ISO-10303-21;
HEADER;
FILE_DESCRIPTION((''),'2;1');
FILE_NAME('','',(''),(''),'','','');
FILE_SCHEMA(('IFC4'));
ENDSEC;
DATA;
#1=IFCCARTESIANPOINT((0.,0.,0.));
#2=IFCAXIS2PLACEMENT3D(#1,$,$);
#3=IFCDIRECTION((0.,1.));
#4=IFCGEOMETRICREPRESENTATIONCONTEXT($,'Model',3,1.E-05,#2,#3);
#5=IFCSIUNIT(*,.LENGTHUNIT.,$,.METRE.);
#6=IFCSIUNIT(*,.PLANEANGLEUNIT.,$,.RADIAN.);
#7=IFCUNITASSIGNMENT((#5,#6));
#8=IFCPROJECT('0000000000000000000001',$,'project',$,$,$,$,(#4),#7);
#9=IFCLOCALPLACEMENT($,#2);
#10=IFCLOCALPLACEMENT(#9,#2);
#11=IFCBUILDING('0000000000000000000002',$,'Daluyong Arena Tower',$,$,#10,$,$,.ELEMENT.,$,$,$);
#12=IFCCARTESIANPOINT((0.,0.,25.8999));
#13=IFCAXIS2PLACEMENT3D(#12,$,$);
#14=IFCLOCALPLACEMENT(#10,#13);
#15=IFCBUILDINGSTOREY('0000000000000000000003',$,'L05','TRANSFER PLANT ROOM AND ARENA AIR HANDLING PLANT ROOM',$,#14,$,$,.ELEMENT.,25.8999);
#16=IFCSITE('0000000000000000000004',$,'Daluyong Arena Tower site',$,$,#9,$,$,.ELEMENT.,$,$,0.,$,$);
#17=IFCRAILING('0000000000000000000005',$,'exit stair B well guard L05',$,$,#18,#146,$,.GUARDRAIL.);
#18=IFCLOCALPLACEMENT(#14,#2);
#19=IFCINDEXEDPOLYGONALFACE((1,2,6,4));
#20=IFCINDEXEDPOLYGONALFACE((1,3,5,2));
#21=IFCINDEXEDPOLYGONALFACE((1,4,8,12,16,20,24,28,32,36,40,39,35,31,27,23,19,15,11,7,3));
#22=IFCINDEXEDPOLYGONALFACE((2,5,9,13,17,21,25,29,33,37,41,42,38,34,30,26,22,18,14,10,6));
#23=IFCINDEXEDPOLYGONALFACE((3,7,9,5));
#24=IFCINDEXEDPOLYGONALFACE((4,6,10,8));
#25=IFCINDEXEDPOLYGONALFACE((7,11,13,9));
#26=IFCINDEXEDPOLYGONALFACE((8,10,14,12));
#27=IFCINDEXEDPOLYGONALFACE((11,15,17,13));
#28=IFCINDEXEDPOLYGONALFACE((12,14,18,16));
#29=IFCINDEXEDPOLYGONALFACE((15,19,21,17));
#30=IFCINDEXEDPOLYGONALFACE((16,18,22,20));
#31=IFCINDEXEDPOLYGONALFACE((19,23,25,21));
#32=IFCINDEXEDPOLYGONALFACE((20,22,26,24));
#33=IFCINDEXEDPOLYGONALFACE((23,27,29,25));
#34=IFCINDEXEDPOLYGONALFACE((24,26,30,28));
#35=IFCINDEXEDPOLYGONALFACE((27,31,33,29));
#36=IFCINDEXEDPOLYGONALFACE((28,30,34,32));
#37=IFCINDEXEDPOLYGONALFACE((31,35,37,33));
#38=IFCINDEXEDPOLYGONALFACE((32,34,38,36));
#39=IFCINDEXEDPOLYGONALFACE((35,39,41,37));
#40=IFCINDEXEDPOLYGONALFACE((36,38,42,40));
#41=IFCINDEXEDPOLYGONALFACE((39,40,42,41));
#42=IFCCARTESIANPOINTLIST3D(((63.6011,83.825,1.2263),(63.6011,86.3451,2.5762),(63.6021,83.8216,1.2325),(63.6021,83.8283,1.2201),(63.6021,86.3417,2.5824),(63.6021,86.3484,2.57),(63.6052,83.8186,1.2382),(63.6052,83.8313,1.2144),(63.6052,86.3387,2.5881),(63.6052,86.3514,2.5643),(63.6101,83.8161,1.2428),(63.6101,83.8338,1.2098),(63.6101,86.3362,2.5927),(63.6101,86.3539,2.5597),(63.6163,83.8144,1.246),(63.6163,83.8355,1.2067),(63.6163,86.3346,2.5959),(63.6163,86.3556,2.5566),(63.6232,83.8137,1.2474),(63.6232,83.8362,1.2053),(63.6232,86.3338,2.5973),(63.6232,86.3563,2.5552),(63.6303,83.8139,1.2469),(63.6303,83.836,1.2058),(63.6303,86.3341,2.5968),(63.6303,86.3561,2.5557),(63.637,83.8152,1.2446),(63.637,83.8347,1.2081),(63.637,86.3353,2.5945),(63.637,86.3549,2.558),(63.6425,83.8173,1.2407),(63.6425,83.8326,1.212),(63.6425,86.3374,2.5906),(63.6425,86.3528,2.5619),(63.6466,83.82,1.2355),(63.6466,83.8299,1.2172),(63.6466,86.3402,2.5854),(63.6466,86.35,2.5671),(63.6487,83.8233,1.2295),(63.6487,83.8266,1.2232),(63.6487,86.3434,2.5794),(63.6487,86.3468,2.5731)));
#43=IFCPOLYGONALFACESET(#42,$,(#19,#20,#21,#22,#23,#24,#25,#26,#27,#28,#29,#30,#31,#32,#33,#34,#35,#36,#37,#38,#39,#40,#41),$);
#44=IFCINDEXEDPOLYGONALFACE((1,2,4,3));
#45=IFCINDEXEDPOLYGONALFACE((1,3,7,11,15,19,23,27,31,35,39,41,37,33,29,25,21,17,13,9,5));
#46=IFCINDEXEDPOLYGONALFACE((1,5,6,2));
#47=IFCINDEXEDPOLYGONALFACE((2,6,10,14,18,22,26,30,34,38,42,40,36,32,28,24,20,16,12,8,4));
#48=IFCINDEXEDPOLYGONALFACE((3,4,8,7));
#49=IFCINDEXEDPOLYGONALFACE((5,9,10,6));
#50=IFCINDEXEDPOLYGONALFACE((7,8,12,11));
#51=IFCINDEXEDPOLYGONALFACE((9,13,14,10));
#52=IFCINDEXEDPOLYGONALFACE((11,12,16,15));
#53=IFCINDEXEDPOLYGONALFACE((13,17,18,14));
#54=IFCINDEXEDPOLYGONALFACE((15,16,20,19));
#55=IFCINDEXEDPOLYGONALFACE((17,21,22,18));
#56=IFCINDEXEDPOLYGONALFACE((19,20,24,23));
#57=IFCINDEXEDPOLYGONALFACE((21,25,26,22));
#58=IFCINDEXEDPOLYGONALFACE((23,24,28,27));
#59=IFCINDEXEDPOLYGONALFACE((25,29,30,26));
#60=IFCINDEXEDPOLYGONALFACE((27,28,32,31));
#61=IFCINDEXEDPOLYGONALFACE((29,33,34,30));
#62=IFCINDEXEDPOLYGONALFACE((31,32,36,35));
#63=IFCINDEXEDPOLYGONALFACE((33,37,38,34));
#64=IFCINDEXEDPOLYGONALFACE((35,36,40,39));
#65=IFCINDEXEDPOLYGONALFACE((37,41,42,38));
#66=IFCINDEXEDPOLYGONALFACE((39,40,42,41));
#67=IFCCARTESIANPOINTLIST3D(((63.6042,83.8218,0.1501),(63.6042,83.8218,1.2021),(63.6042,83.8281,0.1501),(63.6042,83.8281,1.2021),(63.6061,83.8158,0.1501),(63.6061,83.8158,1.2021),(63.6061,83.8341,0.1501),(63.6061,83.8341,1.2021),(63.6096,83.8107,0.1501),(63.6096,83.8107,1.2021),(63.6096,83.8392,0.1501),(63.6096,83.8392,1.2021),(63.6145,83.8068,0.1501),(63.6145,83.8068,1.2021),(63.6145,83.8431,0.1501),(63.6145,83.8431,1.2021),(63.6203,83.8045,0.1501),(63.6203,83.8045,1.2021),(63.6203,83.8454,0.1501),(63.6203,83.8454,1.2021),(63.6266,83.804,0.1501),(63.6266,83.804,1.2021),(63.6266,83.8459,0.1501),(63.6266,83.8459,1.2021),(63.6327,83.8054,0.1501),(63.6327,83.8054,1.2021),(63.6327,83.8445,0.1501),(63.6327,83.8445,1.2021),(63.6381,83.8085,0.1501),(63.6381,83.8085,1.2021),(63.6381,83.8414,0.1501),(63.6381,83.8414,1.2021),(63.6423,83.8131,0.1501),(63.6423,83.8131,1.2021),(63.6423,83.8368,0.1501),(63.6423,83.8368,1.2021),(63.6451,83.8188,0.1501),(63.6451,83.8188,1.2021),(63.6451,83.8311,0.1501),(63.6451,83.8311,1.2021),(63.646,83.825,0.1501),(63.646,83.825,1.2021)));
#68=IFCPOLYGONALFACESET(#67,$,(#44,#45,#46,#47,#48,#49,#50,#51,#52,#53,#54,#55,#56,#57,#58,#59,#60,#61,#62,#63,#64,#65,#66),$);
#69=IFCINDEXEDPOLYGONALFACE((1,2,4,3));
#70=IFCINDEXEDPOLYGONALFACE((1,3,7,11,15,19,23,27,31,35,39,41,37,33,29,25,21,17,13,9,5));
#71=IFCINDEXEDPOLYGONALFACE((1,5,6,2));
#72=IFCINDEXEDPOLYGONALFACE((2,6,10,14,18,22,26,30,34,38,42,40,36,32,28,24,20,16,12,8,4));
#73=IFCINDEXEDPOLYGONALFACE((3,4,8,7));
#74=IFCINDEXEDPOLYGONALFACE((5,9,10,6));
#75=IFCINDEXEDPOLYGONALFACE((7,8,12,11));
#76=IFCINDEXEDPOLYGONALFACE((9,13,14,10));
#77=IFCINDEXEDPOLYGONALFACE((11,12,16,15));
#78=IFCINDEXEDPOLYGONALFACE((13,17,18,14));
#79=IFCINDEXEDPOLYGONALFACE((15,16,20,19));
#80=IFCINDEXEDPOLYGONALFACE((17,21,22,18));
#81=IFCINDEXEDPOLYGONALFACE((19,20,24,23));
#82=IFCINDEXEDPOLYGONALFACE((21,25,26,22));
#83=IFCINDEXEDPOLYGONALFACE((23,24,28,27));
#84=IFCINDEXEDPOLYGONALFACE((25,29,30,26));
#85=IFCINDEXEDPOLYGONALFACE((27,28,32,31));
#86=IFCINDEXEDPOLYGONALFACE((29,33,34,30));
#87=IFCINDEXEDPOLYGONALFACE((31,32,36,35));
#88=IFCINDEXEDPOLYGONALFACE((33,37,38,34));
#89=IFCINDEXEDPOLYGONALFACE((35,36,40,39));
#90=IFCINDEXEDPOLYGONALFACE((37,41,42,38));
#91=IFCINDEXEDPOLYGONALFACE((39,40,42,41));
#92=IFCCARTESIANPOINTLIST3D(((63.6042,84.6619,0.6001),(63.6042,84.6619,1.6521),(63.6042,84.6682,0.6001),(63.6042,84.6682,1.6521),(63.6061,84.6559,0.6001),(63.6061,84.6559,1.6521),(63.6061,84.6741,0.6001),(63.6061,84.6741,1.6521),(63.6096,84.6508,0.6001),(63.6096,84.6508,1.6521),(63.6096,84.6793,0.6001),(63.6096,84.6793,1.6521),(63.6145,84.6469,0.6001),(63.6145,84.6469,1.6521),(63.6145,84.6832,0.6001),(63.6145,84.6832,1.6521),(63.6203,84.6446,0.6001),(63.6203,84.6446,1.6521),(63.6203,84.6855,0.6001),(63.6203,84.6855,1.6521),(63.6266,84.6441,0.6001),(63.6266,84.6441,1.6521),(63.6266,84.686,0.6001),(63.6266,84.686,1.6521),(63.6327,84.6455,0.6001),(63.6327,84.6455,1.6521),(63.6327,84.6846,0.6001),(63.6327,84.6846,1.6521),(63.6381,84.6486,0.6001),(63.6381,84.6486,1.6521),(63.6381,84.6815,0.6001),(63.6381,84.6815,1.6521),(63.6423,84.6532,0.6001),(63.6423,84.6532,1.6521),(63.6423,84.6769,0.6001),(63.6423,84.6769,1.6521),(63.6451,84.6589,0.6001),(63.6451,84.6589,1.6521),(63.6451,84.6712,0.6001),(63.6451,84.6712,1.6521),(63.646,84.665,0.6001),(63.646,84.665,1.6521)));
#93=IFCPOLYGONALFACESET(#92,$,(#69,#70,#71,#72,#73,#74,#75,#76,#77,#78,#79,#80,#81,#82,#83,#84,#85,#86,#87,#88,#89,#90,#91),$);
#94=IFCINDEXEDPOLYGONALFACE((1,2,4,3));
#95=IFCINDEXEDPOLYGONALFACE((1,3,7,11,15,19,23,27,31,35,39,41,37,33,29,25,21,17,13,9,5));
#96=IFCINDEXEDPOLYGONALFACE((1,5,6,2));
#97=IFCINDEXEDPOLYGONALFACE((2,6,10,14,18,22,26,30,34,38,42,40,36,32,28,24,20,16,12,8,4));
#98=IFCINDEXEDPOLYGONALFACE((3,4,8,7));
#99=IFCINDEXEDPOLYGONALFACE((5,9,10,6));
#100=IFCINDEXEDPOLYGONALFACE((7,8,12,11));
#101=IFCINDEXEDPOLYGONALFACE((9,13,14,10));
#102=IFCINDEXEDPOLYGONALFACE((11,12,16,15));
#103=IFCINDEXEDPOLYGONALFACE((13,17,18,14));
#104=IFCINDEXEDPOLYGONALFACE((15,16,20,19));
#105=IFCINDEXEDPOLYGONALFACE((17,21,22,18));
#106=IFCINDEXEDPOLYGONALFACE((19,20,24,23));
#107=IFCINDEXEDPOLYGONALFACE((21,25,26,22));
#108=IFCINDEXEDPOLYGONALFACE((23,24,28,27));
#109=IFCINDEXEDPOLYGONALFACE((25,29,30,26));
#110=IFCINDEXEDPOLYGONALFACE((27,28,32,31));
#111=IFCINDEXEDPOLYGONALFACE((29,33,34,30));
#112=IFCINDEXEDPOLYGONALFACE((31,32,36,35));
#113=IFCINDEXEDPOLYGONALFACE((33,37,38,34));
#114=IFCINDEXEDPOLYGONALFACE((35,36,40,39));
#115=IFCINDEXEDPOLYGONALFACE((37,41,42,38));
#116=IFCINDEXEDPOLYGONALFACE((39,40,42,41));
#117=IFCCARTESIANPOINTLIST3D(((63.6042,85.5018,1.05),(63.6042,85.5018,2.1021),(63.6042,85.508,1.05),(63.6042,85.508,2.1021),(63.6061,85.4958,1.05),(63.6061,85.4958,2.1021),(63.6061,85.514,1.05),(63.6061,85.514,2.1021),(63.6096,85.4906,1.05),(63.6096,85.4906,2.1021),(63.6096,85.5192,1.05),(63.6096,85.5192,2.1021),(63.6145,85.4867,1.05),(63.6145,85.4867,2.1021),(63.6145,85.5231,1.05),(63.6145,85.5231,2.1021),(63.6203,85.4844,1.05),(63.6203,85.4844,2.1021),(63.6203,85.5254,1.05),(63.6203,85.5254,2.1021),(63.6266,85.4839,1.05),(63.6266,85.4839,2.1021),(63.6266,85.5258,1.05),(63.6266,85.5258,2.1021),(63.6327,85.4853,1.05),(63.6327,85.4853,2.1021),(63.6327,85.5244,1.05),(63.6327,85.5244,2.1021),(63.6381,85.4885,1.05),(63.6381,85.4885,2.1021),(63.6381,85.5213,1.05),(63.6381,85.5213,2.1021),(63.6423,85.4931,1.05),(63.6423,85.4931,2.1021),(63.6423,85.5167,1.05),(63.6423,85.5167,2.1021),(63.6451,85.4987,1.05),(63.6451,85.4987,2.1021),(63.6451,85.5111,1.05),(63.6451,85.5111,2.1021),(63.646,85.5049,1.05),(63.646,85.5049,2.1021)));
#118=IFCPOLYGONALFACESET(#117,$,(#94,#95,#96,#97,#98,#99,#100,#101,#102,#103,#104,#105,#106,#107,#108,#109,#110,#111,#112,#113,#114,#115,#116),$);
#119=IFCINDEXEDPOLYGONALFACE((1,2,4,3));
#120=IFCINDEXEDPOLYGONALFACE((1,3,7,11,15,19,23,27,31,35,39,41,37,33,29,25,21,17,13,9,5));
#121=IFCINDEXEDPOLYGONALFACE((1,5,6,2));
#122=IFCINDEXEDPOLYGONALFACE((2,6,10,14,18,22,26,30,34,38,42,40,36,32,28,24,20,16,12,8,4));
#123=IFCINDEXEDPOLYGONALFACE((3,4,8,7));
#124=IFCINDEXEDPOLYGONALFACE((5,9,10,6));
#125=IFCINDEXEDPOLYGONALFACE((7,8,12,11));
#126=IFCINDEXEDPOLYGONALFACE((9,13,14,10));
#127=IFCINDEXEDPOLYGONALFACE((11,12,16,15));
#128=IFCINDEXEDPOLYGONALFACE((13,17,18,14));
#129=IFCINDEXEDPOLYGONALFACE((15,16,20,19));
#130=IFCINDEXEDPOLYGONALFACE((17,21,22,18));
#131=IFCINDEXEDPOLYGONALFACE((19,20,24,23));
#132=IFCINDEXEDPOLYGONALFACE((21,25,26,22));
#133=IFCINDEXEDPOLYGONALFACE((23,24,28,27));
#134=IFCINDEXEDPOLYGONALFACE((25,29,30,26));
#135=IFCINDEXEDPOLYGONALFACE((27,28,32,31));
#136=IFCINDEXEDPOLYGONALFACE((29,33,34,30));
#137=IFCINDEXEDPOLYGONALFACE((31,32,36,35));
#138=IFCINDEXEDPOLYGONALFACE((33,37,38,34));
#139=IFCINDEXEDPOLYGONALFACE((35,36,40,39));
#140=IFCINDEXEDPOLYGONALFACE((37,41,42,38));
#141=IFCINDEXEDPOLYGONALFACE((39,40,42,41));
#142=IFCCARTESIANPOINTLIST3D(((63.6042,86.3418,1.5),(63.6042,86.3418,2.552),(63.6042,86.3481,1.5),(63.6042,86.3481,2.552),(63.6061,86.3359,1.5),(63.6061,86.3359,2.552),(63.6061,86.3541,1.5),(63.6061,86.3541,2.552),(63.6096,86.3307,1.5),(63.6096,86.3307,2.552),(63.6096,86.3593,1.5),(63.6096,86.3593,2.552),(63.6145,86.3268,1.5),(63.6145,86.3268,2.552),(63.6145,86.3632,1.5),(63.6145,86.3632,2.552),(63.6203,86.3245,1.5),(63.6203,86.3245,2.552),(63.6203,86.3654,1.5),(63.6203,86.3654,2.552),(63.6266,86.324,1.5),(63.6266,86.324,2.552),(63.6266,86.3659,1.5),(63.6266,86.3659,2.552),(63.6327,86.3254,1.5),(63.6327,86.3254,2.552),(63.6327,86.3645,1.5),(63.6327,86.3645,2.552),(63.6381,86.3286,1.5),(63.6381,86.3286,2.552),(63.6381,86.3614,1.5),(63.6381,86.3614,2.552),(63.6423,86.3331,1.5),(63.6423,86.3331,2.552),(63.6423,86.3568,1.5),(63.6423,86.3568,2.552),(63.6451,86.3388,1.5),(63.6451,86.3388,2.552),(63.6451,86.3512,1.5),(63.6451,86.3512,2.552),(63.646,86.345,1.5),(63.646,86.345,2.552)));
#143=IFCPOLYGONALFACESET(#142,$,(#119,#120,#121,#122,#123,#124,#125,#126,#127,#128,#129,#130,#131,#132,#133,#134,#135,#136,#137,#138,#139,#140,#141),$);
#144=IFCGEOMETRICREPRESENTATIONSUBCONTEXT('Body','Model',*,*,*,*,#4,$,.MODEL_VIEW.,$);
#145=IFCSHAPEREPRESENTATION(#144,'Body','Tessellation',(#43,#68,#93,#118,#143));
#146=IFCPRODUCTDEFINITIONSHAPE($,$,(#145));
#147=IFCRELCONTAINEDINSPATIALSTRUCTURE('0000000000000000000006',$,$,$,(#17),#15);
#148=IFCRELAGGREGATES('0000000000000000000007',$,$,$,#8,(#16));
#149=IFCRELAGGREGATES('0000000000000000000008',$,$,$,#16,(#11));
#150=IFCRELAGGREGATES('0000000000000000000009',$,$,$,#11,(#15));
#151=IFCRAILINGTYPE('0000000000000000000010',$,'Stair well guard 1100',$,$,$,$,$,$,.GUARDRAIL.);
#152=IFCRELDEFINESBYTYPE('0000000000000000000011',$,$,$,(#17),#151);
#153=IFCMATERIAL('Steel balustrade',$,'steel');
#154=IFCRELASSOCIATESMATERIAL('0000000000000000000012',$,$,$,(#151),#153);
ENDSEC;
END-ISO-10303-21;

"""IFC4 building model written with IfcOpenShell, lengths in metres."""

from ifc_helpers import new_model, si_unit, direction, frame, origin, origin_2d, place, context, subcontext, project, spatial, circle, extrude, material, type_object, element, save


model = new_model("IFC4")

# Units and contexts
model_context = context("Model", 3, precision=1e-05, world=origin(), true_north=direction((0.0, 1.0)))
body_context = subcontext(model_context, "Body", "Model", "MODEL_VIEW")
ifc_project = project(units=[si_unit("LENGTHUNIT", "METRE"), si_unit("PLANEANGLEUNIT", "RADIAN")], contexts=[model_context])

# Site, building, storey
site_placement = place(None, origin())
site = spatial("IfcSite", under=ifc_project, at=site_placement, Name="Daluyong Arena Tower site", CompositionType="ELEMENT", RefElevation=0.0)
building_placement = place(site_placement, origin())
building = spatial("IfcBuilding", under=site, at=building_placement, Name="Daluyong Arena Tower", CompositionType="ELEMENT")
storey_placement = place(building_placement, frame((0.0, 0.0, 25.8999)))
storey = spatial("IfcBuildingStorey", under=building, at=storey_placement, Name="L05", Description="TRANSFER PLANT ROOM AND ARENA AIR HANDLING PLANT ROOM", CompositionType="ELEMENT", Elevation=25.8999)

# Railing
ifc_material_1 = material(Name="Steel balustrade", Category="steel")
railing_type_1 = type_object("IfcRailingType", Name="Stair well guard 1100", PredefinedType="GUARDRAIL", material=ifc_material_1)
railing_1_placement = place(storey_placement, frame((63.625, 83.825, 0.1501)))
element("IfcRailing", 1, at=railing_1_placement, inside=storey, type_object=railing_type_1, Name="exit stair B well guard L05", PredefinedType="GUARDRAIL", context=body_context, shape_type="SweptSolid", body=[
    extrude(circle(Radius=0.0239, at=origin_2d()), frame((0.0, 0.0, 1.0762), z_axis=(0.0, 0.881503, 0.472179), x_axis=(-1.0, 0.0, 0.0)), (0.0, 0.0, 1.0), 2.8589),
    extrude(circle(Radius=0.021, at=origin_2d()), origin(), (0.0, 0.0, 1.0), 1.052),
    extrude(circle(Radius=0.021, at=origin_2d()), frame((0.0, 0.8401, 0.45)), (0.0, 0.0, 1.0), 1.052),
    extrude(circle(Radius=0.021, at=origin_2d()), frame((0.0, 1.6799, 0.8999)), (0.0, 0.0, 1.0), 1.052),
    extrude(circle(Radius=0.021, at=origin_2d()), frame((0.0, 2.52, 1.3499)), (0.0, 0.0, 1.0), 1.052),
])

save(model, "model.ifc")
